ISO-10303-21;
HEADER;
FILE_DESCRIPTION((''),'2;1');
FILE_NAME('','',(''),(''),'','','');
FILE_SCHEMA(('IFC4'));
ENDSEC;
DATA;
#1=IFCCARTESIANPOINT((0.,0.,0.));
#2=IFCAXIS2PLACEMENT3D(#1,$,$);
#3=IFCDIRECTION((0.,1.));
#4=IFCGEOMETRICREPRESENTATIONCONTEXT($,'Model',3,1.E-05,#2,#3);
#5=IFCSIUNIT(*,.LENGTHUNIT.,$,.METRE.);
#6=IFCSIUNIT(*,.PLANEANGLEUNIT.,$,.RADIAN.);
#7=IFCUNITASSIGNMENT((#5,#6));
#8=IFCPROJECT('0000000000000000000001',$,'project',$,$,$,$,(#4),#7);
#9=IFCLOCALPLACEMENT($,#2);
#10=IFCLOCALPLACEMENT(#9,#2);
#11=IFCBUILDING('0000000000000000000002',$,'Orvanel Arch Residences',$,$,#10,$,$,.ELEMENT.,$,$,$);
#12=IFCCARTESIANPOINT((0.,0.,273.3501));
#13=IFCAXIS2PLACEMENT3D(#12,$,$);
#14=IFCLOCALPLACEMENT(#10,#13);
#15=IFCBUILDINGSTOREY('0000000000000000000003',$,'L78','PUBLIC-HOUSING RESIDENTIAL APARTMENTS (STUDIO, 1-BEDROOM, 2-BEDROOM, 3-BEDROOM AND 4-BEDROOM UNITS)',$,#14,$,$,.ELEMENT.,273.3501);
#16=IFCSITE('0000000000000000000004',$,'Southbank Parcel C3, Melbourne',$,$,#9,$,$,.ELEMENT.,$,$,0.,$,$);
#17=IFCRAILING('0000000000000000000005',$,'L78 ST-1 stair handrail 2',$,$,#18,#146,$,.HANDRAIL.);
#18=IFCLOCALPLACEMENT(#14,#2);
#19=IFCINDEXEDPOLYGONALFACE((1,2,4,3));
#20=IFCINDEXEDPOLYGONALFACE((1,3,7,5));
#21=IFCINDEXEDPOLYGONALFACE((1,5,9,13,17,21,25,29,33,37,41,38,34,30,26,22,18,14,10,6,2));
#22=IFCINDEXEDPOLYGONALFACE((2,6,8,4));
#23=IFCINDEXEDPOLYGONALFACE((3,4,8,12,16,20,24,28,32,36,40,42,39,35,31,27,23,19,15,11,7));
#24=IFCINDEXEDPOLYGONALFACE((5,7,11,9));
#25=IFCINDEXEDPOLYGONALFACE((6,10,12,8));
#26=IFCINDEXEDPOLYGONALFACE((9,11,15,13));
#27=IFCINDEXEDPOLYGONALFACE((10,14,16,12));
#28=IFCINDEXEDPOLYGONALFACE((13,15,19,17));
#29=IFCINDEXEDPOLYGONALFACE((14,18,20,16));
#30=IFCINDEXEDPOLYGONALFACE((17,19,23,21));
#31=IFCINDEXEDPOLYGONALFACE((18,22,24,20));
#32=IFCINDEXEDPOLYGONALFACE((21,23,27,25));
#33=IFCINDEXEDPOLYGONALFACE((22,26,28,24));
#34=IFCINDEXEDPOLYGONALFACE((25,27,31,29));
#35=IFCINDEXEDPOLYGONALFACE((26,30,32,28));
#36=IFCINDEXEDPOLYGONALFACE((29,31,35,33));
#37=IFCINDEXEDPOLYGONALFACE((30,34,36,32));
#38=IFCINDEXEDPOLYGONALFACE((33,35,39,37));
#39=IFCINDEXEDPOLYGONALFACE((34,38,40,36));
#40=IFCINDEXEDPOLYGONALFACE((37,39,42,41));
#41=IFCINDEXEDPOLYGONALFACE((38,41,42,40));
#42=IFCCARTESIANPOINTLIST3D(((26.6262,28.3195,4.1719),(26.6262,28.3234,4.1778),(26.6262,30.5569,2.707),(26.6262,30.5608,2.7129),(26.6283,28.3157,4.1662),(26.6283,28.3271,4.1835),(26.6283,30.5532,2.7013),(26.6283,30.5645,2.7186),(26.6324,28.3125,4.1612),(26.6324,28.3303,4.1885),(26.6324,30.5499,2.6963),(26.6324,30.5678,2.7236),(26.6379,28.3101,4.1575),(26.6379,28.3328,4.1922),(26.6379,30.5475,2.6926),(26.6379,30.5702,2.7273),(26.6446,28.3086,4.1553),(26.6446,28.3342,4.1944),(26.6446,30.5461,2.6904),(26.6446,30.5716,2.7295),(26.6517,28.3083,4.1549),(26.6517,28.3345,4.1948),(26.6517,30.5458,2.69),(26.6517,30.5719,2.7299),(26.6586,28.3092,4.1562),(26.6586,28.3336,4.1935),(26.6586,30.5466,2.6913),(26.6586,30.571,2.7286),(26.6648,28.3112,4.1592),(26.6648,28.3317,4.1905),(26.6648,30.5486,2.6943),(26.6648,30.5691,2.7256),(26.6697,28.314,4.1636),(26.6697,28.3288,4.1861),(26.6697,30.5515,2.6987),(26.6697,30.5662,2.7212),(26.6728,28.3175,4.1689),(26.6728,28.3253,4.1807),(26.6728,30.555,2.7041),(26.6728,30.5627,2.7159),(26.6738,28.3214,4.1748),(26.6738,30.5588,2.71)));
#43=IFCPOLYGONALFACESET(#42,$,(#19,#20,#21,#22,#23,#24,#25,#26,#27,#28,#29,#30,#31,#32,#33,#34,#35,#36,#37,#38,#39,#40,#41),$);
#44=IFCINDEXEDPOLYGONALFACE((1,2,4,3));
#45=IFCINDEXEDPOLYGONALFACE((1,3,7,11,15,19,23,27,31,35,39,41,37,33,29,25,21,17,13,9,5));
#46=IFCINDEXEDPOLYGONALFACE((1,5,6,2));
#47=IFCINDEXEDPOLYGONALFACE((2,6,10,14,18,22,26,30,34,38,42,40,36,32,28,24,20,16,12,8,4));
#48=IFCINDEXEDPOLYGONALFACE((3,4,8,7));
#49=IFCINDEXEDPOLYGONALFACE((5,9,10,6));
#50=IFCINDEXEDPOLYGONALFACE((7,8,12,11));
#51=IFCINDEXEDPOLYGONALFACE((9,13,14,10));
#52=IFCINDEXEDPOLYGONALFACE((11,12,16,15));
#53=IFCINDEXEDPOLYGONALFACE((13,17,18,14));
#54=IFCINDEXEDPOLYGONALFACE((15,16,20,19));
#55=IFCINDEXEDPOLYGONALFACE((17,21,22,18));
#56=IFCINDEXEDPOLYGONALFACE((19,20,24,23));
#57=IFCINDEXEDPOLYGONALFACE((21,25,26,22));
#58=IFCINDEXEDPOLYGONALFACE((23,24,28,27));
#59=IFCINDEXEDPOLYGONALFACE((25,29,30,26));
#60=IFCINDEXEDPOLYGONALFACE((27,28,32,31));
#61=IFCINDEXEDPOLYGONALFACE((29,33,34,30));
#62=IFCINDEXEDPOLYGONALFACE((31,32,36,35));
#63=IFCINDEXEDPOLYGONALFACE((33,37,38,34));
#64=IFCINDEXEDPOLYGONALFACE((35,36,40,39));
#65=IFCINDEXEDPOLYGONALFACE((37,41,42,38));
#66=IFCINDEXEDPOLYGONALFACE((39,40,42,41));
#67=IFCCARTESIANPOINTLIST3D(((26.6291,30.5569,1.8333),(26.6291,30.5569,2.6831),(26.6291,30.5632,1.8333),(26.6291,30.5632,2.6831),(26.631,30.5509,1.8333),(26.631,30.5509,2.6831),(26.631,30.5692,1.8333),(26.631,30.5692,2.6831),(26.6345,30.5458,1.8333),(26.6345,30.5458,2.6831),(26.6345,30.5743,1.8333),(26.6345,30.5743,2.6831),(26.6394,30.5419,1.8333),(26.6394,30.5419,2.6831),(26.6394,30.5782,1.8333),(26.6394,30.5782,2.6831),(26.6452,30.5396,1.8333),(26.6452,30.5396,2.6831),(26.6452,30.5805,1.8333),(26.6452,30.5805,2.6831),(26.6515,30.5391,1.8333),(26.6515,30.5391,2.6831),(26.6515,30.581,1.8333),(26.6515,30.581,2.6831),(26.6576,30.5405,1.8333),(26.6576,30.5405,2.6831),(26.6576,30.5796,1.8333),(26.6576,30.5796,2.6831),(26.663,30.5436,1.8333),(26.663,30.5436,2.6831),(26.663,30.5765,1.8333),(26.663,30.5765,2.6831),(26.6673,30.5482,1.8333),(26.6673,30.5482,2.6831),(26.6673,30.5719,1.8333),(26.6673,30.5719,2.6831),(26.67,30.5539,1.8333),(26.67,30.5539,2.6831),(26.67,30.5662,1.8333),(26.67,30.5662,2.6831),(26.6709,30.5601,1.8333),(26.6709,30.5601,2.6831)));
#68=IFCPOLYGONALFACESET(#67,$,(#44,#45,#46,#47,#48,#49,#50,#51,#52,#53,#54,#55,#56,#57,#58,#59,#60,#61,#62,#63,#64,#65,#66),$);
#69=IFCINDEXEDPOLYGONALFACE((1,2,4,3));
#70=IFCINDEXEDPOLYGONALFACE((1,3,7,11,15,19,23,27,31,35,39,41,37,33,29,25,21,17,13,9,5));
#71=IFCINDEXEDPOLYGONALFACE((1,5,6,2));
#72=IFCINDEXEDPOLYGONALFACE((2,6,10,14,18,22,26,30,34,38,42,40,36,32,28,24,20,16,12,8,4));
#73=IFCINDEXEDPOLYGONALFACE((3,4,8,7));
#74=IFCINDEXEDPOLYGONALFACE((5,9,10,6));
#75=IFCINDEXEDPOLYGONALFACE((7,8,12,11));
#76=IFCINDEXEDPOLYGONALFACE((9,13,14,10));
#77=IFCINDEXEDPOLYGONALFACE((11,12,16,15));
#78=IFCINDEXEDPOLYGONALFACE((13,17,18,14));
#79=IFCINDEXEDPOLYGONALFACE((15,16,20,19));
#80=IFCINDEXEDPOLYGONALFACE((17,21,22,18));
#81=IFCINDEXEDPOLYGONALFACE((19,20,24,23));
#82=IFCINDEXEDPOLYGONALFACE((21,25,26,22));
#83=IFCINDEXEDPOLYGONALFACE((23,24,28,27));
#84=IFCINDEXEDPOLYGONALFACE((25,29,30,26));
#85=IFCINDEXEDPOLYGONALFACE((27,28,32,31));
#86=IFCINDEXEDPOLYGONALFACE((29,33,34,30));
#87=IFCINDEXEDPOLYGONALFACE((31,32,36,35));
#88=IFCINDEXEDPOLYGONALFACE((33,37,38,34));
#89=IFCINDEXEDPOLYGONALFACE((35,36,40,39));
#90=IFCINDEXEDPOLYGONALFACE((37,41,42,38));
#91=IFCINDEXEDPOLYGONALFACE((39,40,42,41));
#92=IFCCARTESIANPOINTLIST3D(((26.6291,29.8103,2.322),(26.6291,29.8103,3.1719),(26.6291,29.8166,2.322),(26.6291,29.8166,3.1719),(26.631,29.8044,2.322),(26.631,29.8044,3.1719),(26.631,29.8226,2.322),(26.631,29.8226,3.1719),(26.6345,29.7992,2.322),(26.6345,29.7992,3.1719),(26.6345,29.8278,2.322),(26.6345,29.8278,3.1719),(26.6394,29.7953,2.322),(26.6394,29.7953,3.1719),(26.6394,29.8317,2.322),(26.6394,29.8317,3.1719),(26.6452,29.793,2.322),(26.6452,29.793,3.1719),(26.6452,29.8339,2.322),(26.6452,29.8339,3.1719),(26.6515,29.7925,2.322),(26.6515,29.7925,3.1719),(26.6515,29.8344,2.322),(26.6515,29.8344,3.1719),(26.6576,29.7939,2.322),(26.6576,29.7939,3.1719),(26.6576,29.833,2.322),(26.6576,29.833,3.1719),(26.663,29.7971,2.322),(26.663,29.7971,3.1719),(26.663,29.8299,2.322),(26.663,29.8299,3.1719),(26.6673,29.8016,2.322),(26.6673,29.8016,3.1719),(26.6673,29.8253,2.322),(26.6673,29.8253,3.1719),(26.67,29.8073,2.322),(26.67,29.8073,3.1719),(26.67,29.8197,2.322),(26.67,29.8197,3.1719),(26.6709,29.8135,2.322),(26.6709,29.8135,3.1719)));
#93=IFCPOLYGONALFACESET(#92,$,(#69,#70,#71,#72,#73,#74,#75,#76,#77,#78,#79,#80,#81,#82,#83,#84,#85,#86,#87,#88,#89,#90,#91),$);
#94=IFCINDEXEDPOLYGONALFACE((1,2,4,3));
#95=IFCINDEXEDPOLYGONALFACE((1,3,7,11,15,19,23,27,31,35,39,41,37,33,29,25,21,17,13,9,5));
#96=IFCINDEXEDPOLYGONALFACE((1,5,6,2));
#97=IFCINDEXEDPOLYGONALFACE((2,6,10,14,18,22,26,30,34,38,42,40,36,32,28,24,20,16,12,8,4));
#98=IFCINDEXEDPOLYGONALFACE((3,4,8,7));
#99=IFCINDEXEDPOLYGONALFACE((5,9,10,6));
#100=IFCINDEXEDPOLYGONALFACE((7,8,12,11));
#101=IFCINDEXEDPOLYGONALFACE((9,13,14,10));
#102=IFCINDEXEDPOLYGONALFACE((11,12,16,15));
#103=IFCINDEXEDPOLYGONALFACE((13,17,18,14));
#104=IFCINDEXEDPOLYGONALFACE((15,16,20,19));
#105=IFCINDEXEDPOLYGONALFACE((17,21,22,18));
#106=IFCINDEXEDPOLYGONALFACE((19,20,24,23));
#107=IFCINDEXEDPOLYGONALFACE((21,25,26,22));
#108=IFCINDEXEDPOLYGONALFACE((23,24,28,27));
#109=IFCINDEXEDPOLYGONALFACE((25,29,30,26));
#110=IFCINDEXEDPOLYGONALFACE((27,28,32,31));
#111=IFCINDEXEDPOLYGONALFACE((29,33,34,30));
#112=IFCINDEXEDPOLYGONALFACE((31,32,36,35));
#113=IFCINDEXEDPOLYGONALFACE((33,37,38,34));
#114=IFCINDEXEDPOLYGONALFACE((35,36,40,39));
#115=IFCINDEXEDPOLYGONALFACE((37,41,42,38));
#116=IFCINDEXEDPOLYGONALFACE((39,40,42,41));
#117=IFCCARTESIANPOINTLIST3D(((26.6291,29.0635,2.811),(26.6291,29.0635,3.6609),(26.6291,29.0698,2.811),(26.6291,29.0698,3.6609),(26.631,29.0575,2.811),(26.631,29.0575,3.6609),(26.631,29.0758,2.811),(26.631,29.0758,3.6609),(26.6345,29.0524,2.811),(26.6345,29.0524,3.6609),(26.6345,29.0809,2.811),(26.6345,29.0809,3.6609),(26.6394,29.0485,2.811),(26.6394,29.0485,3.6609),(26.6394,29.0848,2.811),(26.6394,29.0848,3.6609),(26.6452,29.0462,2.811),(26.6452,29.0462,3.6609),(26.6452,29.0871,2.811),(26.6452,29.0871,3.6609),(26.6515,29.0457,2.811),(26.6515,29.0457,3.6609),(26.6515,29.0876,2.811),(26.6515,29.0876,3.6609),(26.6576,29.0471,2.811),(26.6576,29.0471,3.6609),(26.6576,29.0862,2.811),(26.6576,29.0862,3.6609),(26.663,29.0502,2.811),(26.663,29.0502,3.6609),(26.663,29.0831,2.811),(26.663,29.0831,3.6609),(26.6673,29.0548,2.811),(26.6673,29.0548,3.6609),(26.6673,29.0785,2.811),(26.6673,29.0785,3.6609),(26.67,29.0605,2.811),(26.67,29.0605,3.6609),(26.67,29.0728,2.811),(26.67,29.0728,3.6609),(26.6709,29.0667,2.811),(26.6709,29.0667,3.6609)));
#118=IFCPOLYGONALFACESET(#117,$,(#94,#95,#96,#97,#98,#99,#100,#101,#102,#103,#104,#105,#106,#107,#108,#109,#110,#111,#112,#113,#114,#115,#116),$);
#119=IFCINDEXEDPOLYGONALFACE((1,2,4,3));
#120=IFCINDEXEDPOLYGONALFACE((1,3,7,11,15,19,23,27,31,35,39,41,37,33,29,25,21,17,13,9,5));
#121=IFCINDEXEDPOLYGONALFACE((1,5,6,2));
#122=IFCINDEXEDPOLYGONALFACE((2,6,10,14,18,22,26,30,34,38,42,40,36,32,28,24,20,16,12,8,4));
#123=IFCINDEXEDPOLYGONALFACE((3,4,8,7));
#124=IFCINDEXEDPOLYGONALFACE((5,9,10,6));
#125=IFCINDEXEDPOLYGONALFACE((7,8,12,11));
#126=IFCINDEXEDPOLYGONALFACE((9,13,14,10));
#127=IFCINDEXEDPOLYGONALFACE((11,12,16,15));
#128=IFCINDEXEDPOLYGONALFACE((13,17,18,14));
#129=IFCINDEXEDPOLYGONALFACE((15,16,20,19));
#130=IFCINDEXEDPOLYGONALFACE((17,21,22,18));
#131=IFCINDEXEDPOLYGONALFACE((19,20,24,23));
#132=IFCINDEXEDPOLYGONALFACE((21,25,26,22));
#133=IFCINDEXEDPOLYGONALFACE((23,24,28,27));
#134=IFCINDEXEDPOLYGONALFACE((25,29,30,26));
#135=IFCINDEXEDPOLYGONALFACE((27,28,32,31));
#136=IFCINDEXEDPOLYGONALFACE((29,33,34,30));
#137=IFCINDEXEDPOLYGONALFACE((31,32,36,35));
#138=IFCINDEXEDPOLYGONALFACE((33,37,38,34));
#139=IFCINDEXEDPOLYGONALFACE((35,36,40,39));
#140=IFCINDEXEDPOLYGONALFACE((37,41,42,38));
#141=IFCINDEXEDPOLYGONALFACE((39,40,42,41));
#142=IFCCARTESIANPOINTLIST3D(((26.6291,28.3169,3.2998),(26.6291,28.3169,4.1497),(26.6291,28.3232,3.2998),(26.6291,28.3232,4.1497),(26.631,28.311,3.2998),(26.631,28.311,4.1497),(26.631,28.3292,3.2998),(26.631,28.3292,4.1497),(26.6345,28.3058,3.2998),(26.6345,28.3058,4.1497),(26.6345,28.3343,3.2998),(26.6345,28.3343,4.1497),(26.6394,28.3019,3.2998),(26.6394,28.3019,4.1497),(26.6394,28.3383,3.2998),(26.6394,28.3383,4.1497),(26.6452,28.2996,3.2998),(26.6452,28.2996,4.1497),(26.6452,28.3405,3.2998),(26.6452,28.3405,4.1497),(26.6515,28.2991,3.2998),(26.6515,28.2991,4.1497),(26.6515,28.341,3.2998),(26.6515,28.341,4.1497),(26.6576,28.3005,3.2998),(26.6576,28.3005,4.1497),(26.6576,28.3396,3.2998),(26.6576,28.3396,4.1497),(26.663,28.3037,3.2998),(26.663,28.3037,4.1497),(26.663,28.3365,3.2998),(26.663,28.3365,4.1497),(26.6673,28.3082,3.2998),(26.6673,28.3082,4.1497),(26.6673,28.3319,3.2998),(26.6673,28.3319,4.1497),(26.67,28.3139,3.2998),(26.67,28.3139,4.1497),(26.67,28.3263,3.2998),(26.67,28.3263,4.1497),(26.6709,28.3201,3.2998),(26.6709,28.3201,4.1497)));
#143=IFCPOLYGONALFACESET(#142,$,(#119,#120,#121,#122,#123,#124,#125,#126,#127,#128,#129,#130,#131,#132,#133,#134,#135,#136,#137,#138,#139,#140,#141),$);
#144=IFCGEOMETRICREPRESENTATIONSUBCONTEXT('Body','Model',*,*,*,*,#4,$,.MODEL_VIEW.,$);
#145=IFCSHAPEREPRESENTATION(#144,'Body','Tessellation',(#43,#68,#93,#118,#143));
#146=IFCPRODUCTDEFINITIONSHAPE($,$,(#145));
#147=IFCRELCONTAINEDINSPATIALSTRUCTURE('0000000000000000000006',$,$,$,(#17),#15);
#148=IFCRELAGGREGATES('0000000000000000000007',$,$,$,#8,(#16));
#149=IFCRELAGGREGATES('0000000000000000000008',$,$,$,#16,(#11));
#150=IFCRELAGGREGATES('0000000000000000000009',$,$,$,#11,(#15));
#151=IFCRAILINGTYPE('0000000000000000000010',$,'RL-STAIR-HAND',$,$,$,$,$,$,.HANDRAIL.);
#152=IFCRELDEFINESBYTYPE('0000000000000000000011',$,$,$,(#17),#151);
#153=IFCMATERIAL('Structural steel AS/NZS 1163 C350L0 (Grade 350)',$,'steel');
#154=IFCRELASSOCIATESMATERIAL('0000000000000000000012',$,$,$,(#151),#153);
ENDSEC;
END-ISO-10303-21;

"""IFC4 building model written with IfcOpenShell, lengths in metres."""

from ifc_helpers import new_model, si_unit, direction, frame, origin, origin_2d, place, context, subcontext, project, spatial, circle, extrude, material, type_object, element, save


model = new_model("IFC4")

# Units and contexts
model_context = context("Model", 3, precision=1e-05, world=origin(), true_north=direction((0.0, 1.0)))
body_context = subcontext(model_context, "Body", "Model", "MODEL_VIEW")
ifc_project = project(units=[si_unit("LENGTHUNIT", "METRE"), si_unit("PLANEANGLEUNIT", "RADIAN")], contexts=[model_context])

# Site, building, storey
site_placement = place(None, origin())
site = spatial("IfcSite", under=ifc_project, at=site_placement, Name="Southbank Parcel C3, Melbourne", CompositionType="ELEMENT", RefElevation=0.0)
building_placement = place(site_placement, origin())
building = spatial("IfcBuilding", under=site, at=building_placement, Name="Orvanel Arch Residences", CompositionType="ELEMENT")
storey_placement = place(building_placement, frame((0.0, 0.0, 273.3501)))
storey = spatial("IfcBuildingStorey", under=building, at=storey_placement, Name="L78", Description="PUBLIC-HOUSING RESIDENTIAL APARTMENTS (STUDIO, 1-BEDROOM, 2-BEDROOM, 3-BEDROOM AND 4-BEDROOM UNITS)", CompositionType="ELEMENT", Elevation=273.3501)

# Railing
ifc_material_1 = material(Name="Structural steel AS/NZS 1163 C350L0 (Grade 350)", Category="steel")
railing_type_1 = type_object("IfcRailingType", Name="RL-STAIR-HAND", PredefinedType="HANDRAIL", material=ifc_material_1)
railing_1_placement = place(storey_placement, frame((26.6499, 30.5601, 1.8333)))
element("IfcRailing", 1, at=railing_1_placement, inside=storey, type_object=railing_type_1, Name="L78 ST-1 stair handrail 2", PredefinedType="HANDRAIL", context=body_context, shape_type="SweptSolid", body=[
    extrude(circle(Radius=0.0239, at=origin_2d()), frame((0.0, -0.0012, 0.8767), z_axis=(0.0, -0.836637, 0.547758), x_axis=(1.0, 0.0, 0.0)), (0.0, 0.0, 1.0), 2.6743),
    extrude(circle(Radius=0.021, at=origin_2d()), origin(), (0.0, 0.0, 1.0), 0.8499),
    extrude(circle(Radius=0.021, at=origin_2d()), frame((0.0, -0.7466, 0.4888)), (0.0, 0.0, 1.0), 0.8499),
    extrude(circle(Radius=0.021, at=origin_2d()), frame((0.0, -1.4934, 0.9778)), (0.0, 0.0, 1.0), 0.8499),
    extrude(circle(Radius=0.021, at=origin_2d()), frame((0.0, -2.24, 1.4666)), (0.0, 0.0, 1.0), 0.8499),
])

save(model, "model.ifc")
